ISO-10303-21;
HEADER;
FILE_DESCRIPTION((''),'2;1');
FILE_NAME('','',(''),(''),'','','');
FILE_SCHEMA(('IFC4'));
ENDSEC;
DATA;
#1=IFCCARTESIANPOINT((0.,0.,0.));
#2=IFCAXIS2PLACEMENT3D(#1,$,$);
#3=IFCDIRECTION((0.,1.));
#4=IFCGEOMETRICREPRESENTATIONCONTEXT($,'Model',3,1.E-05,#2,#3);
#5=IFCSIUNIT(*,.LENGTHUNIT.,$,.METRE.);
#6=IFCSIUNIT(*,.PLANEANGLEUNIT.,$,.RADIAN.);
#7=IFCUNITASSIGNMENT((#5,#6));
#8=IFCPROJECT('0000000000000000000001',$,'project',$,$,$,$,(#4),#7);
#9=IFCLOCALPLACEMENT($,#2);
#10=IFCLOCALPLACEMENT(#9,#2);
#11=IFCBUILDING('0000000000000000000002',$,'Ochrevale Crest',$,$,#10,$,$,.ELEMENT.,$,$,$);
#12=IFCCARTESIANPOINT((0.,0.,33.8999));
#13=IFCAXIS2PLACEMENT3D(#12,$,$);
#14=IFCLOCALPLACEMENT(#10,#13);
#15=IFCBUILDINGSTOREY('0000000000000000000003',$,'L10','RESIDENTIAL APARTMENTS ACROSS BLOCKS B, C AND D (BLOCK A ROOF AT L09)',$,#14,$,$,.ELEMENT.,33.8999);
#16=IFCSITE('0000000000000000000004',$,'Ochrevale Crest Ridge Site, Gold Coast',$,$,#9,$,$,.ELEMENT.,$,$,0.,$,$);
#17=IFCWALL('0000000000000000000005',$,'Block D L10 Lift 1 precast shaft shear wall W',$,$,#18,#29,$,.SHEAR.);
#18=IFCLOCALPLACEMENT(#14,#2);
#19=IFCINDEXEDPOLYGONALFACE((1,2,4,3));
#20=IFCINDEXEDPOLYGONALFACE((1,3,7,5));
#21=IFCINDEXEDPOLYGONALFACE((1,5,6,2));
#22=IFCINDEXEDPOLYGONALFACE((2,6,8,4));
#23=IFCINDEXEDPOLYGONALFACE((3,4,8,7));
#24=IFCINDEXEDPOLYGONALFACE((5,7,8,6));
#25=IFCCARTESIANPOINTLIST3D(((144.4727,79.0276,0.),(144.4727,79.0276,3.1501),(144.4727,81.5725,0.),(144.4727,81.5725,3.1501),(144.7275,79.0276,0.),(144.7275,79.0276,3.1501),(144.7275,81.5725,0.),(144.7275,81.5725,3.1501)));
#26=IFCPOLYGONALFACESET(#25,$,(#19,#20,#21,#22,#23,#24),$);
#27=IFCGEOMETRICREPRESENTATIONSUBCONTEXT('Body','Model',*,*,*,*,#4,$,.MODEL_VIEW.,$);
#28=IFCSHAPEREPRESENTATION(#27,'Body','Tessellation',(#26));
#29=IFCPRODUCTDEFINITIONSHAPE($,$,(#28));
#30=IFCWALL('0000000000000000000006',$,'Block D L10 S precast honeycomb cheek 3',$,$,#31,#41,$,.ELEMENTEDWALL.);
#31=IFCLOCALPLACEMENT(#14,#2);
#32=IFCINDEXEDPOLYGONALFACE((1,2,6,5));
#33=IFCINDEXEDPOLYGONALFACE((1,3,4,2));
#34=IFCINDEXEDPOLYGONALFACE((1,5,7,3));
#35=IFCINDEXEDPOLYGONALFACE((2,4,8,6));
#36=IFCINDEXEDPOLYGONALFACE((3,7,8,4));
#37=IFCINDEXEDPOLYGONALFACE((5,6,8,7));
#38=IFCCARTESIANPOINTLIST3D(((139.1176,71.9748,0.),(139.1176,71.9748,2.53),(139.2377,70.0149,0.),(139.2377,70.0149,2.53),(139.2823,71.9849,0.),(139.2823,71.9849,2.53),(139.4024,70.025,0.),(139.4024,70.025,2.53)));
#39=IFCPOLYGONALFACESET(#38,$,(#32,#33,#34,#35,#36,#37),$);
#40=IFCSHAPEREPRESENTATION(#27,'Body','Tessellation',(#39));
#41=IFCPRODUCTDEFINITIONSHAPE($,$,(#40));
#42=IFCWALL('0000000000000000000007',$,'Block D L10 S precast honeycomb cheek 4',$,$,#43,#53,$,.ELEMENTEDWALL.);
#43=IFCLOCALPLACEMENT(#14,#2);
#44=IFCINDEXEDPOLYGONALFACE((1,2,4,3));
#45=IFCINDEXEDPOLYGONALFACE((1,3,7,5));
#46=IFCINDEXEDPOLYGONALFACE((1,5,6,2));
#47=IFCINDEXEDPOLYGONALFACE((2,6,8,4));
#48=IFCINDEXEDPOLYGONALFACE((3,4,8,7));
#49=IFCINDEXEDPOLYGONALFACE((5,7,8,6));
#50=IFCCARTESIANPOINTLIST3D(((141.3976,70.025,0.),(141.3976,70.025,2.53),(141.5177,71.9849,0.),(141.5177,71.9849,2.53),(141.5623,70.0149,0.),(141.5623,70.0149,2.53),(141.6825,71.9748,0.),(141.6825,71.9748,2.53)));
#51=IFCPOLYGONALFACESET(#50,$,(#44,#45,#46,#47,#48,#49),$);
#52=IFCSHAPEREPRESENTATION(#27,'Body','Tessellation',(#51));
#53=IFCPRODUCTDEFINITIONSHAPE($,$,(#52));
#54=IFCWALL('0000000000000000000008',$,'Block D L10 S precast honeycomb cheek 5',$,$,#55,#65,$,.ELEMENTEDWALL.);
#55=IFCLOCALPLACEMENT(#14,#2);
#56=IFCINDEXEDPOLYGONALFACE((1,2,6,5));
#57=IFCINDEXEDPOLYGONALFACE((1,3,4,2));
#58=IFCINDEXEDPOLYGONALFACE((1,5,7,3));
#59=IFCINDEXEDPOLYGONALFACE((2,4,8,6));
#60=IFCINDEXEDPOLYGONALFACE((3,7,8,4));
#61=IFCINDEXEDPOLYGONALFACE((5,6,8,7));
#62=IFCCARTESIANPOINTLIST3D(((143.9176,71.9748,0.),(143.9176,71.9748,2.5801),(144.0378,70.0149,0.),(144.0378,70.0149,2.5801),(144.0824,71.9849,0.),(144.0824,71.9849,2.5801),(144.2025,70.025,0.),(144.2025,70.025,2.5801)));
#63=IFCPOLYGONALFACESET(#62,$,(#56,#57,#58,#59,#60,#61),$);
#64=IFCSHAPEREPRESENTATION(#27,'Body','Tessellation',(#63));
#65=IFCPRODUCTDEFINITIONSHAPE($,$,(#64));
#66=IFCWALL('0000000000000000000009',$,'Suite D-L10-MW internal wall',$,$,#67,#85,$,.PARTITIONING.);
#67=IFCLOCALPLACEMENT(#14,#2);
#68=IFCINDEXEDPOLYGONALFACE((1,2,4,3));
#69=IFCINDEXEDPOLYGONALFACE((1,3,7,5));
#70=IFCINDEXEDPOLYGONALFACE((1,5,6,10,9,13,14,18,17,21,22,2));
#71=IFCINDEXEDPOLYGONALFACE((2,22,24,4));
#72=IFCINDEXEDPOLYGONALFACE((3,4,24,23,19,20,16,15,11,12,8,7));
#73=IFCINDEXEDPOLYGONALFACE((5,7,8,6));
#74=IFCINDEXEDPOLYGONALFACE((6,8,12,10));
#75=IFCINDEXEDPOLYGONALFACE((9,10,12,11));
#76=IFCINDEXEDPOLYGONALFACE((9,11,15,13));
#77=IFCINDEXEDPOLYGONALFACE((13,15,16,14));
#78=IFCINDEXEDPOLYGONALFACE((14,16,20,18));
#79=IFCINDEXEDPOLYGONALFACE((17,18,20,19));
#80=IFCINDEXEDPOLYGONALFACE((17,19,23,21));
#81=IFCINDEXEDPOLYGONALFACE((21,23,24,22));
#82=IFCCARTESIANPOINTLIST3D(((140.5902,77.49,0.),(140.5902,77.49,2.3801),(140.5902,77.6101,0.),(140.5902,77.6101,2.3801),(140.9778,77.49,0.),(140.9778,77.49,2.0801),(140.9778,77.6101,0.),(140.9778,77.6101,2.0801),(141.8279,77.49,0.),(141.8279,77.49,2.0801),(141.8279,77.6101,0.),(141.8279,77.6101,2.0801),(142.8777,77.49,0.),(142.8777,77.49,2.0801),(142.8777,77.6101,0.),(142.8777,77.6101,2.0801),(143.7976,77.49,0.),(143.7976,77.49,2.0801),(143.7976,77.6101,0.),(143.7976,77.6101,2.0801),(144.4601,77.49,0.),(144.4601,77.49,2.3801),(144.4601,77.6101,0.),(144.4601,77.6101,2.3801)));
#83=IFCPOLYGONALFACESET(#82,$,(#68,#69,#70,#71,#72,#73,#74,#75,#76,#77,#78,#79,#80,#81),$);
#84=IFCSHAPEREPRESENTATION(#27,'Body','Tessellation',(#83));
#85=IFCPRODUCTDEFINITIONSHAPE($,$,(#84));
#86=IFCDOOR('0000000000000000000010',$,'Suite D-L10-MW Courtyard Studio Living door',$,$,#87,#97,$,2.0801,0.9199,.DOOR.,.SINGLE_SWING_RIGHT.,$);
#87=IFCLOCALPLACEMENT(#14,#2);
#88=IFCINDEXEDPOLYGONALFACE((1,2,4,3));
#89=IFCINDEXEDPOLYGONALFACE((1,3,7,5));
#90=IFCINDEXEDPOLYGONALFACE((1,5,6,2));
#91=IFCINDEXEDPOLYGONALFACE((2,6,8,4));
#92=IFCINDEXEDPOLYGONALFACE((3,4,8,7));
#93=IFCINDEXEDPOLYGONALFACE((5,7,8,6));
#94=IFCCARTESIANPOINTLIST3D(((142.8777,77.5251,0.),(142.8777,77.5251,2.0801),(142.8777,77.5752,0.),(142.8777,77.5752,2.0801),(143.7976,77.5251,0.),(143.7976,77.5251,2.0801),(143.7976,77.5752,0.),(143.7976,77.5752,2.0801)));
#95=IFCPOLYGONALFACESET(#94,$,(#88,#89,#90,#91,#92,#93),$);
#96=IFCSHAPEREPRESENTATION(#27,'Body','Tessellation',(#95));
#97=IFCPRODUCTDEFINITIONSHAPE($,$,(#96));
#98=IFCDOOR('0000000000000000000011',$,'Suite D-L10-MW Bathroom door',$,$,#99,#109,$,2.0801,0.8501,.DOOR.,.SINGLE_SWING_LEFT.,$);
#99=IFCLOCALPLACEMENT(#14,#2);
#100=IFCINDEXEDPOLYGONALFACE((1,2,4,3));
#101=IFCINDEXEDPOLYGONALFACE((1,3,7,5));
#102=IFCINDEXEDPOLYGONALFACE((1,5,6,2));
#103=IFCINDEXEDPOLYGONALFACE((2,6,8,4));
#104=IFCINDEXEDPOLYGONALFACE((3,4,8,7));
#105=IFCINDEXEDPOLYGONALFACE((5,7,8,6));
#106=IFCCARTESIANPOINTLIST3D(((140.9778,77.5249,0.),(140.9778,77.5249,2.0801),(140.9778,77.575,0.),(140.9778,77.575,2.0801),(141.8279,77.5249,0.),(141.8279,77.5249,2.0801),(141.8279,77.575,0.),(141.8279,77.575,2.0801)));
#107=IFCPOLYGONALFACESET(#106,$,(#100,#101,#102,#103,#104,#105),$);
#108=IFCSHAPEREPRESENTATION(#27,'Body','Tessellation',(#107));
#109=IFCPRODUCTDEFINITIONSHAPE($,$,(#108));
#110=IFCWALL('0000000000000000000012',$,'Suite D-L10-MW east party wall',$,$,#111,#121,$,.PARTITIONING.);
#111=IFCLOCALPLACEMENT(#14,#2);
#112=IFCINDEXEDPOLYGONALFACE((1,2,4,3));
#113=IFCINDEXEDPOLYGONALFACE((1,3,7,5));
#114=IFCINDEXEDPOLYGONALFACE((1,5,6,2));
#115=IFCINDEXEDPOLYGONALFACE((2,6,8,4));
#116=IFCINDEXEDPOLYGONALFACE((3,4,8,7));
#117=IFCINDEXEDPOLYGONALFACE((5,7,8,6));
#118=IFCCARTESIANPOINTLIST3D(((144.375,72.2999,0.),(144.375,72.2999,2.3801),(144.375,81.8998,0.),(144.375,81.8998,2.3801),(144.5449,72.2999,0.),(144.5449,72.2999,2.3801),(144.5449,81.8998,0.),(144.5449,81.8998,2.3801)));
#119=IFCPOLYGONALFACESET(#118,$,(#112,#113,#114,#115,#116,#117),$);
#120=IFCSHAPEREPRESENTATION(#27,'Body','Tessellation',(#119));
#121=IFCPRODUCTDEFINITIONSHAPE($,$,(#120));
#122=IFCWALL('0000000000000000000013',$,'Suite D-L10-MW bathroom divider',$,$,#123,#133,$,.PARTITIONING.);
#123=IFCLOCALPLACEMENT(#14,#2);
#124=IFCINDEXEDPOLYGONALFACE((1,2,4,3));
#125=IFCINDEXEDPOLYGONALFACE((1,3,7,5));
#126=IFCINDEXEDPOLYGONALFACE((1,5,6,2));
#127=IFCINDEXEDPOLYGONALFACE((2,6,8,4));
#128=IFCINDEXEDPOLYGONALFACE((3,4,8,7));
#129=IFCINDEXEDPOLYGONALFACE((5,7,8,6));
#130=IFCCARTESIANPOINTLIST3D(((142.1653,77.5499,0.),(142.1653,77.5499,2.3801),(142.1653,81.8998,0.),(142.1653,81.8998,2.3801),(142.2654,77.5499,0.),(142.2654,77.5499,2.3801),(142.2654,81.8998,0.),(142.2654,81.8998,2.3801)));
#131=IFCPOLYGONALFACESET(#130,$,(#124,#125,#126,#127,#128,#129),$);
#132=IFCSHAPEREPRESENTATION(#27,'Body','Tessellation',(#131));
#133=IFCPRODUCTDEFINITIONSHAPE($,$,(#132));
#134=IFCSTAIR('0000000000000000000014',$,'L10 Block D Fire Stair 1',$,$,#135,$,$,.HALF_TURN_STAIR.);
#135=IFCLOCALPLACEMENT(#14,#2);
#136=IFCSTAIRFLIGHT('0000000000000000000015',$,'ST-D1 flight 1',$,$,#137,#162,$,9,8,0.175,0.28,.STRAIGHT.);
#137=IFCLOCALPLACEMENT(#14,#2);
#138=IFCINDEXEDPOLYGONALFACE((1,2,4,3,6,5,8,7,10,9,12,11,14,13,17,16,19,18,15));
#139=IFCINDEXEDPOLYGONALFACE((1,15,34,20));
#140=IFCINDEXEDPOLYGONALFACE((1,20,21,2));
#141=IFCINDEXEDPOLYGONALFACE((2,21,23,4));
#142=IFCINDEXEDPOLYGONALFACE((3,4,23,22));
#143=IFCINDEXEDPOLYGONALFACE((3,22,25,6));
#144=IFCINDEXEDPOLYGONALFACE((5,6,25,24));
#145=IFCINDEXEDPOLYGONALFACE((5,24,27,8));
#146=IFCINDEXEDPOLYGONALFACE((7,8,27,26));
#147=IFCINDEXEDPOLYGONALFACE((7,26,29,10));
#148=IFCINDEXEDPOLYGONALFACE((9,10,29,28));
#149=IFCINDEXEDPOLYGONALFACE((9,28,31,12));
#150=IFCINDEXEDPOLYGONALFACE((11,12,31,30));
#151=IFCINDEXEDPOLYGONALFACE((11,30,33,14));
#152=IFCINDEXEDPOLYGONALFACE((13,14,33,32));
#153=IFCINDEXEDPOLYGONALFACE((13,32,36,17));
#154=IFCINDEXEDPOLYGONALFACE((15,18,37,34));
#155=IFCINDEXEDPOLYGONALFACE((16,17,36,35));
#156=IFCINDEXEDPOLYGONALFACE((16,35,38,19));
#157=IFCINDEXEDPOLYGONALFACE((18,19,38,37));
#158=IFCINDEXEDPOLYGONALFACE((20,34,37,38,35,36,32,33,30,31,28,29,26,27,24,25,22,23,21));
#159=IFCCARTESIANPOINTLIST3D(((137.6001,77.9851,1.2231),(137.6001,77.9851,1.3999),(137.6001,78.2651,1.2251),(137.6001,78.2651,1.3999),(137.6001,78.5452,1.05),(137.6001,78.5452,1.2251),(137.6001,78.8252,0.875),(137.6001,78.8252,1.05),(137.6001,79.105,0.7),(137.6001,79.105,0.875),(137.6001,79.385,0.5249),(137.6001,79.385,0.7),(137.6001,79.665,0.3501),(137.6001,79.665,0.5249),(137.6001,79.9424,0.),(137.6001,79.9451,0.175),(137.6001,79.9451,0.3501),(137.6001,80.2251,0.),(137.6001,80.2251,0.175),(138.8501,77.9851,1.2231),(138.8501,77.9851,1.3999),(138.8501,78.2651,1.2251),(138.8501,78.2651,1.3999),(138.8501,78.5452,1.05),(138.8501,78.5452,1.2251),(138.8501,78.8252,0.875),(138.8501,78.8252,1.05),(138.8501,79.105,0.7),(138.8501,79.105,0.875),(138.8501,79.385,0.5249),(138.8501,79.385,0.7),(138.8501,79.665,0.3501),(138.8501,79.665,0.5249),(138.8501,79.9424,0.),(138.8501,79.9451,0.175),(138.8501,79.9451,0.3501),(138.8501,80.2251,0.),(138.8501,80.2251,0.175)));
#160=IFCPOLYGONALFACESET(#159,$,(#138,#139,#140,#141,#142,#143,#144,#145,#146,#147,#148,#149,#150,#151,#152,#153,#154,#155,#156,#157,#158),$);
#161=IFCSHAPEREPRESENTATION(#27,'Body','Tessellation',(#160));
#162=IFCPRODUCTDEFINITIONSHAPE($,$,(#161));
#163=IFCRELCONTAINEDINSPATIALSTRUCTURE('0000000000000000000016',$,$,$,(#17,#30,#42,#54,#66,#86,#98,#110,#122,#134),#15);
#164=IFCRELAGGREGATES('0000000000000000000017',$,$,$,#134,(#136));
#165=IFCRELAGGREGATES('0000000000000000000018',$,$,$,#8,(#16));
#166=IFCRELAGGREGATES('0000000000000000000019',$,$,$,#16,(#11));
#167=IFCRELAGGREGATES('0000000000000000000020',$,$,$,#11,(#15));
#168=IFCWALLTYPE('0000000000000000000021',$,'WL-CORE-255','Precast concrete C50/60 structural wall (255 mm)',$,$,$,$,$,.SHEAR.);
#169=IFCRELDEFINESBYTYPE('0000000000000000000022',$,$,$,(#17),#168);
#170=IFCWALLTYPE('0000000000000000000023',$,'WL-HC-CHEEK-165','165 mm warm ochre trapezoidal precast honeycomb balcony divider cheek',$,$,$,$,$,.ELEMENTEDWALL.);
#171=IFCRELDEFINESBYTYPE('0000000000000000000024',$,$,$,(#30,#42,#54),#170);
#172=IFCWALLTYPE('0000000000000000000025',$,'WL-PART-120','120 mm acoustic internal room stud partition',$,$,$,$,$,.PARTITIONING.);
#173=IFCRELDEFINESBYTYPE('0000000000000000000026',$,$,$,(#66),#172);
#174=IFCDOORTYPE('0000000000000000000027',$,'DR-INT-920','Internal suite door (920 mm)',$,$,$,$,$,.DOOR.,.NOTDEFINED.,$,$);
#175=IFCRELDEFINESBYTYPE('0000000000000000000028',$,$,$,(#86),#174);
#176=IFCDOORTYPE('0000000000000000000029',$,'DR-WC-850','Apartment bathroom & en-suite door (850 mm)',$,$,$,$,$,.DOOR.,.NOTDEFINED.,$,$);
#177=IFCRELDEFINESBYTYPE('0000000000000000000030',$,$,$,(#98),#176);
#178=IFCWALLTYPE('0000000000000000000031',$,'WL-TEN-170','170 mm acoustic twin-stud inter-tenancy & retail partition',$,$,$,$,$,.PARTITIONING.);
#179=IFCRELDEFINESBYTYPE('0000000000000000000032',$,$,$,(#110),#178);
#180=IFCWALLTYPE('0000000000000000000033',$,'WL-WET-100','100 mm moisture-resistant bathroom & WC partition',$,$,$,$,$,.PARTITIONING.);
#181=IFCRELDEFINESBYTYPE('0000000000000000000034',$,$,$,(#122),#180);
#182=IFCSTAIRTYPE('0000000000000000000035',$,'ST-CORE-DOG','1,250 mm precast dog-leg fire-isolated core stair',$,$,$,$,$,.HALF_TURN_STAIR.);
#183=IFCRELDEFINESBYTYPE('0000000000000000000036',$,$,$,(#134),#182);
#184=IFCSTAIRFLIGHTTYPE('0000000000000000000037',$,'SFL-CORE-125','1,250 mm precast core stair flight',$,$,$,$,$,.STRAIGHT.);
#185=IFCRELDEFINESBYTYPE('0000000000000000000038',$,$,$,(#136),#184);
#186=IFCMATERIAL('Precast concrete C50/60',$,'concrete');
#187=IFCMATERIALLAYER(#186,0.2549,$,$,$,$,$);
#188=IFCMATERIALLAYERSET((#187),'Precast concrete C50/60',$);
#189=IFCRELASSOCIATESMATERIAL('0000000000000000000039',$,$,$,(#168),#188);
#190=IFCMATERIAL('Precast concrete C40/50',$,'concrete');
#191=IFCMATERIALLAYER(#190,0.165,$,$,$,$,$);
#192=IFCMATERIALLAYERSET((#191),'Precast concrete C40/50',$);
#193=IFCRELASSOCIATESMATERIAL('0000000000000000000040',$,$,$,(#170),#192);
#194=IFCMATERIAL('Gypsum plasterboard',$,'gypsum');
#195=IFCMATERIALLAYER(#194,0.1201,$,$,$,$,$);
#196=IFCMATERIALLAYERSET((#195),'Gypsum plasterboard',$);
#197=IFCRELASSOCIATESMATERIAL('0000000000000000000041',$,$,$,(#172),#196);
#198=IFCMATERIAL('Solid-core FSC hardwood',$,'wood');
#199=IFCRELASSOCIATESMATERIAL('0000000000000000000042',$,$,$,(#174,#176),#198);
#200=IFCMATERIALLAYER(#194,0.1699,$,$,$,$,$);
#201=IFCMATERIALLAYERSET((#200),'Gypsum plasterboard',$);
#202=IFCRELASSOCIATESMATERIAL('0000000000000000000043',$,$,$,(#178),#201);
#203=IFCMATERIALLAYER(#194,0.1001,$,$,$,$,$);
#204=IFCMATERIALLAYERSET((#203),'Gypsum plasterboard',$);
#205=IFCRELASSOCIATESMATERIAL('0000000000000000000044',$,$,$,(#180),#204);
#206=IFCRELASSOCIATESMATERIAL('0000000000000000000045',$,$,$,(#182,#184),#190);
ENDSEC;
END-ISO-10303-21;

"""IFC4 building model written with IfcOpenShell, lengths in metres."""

from ifc_helpers import new_model, si_unit, direction, frame, frame_2d, origin, place, context, subcontext, project, spatial, polyline, rectangle, outline, extrude, material, layer, layer_set, type_object, element, fill, aggregate, save


model = new_model("IFC4")

# Units and contexts
model_context = context("Model", 3, precision=1e-05, world=origin(), true_north=direction((0.0, 1.0)))
body_context = subcontext(model_context, "Body", "Model", "MODEL_VIEW")
ifc_project = project(units=[si_unit("LENGTHUNIT", "METRE"), si_unit("PLANEANGLEUNIT", "RADIAN")], contexts=[model_context])

# Site, building, storey
site_placement = place(None, origin())
site = spatial("IfcSite", under=ifc_project, at=site_placement, Name="Ochrevale Crest Ridge Site, Gold Coast", CompositionType="ELEMENT", RefElevation=0.0)
building_placement = place(site_placement, origin())
building = spatial("IfcBuilding", under=site, at=building_placement, Name="Ochrevale Crest", CompositionType="ELEMENT")
storey_placement = place(building_placement, frame((0.0, 0.0, 33.8999)))
storey = spatial("IfcBuildingStorey", under=building, at=storey_placement, Name="L10", Description="RESIDENTIAL APARTMENTS ACROSS BLOCKS B, C AND D (BLOCK A ROOF AT L09)", CompositionType="ELEMENT", Elevation=33.8999)

# Shared definitions
ifc_material_1 = material(Name="Precast concrete C40/50", Category="concrete")
ifc_material_2 = material(Name="Precast concrete C50/60", Category="concrete")

# Walls
ifc_layer_1 = layer(ifc_material_2, 0.2549)
ifc_layer_set_1 = layer_set([ifc_layer_1], Name="Precast concrete C50/60")
wall_type_1 = type_object("IfcWallType", Name="WL-CORE-255", Description="Precast concrete C50/60 structural wall (255 mm)", PredefinedType="SHEAR", material=ifc_layer_set_1)
wall_1_placement = place(storey_placement, frame((144.6001, 79.0276, 0.0), z_axis=(0.0, 0.0, 1.0), x_axis=(0.0, 1.0, 0.0)))
element("IfcWall", 1, at=wall_1_placement, inside=storey, type_object=wall_type_1, Name="Block D L10 Lift 1 precast shaft shear wall W", PredefinedType="SHEAR", context=body_context, shape_type="SweptSolid", body=[
    extrude(rectangle(XDim=2.5449, YDim=0.2549, at=frame_2d((1.2725, 0.0))), origin(), (0.0, 0.0, 1.0), 3.1501),
])
ifc_layer_2 = layer(ifc_material_1, 0.165)
ifc_layer_set_2 = layer_set([ifc_layer_2], Name="Precast concrete C40/50")
wall_type_2 = type_object("IfcWallType", Name="WL-HC-CHEEK-165", Description="165 mm warm ochre trapezoidal precast honeycomb balcony divider cheek", PredefinedType="ELEMENTEDWALL", material=ifc_layer_set_2)
for number, where, z_axis, x_axis, name in (
    (2, (139.2, 71.98, 0.0), (0.0, 0.0, 1.0), (0.061171, -0.998127, 0.0), "Block D L10 S precast honeycomb cheek 3"),
    (3, (141.6001, 71.98, 0.0), (0.0, 0.0, 1.0), (-0.061171, -0.998127, 0.0), "Block D L10 S precast honeycomb cheek 4"),
):
    element("IfcWall", number, at=place(storey_placement, frame(where, z_axis=z_axis, x_axis=x_axis)), inside=storey, type_object=wall_type_2, Name=name, PredefinedType="ELEMENTEDWALL", context=body_context, shape_type="SweptSolid", body=[
        extrude(rectangle(XDim=1.9636, YDim=0.165, at=frame_2d((0.9819, 0.0))), origin(), (0.0, 0.0, 1.0), 2.53),
    ])
wall_2_placement = place(storey_placement, frame((144.0, 71.98, 0.0), z_axis=(0.0, 0.0, 1.0), x_axis=(0.061171, -0.998127, 0.0)))
element("IfcWall", 4, at=wall_2_placement, inside=storey, type_object=wall_type_2, Name="Block D L10 S precast honeycomb cheek 5", PredefinedType="ELEMENTEDWALL", context=body_context, shape_type="SweptSolid", body=[
    extrude(rectangle(XDim=1.9636, YDim=0.165, at=frame_2d((0.9819, 0.0))), origin(), (0.0, 0.0, 1.0), 2.5801),
])

# Wall, openings, doors
ifc_material_3 = material(Name="Gypsum plasterboard", Category="gypsum")
ifc_layer_3 = layer(ifc_material_3, 0.1201)
ifc_layer_set_3 = layer_set([ifc_layer_3], Name="Gypsum plasterboard")
wall_type_3 = type_object("IfcWallType", Name="WL-PART-120", Description="120 mm acoustic internal room stud partition", PredefinedType="PARTITIONING", material=ifc_layer_set_3)
wall_3_placement = place(storey_placement, frame((140.5901, 77.55, 0.0), z_axis=(0.0, 0.0, 1.0), x_axis=(1.0, 0.0, 0.0)))
wall_3 = element("IfcWall", 5, at=wall_3_placement, inside=storey, type_object=wall_type_3, Name="Suite D-L10-MW internal wall", PredefinedType="PARTITIONING", context=body_context, shape_type="SweptSolid", body=[
    extrude(rectangle(XDim=3.8699, YDim=0.1201, at=frame_2d((1.9351, 0.0))), origin(), (0.0, 0.0, 1.0), 2.3801),
])
opening_1_placement = place(wall_3_placement, frame((0.3877, 0.0, 0.0)))
opening_1 = element("IfcOpeningElement", 6, at=opening_1_placement, cuts=wall_3, PredefinedType="OPENING", context=body_context, shape_type="SweptSolid", body=[
    extrude(rectangle(XDim=0.8501, YDim=2.0801, at=frame_2d((0.425, 1.04))), frame((0.0, 0.0701, 0.0), z_axis=(0.0, -1.0, 0.0), x_axis=(1.0, 0.0, 0.0)), (0.0, 0.0, 1.0), 0.1401),
])
opening_2_placement = place(wall_3_placement, frame((3.2075, 0.0, 0.0), z_axis=(0.0, 0.0, 1.0), x_axis=(-1.0, 0.0, 0.0)))
opening_2 = element("IfcOpeningElement", 7, at=opening_2_placement, cuts=wall_3, PredefinedType="OPENING", context=body_context, shape_type="SweptSolid", body=[
    extrude(rectangle(XDim=0.9199, YDim=2.0801, at=frame_2d((0.46, 1.04))), frame((0.0, 0.0701, 0.0), z_axis=(0.0, -1.0, 0.0), x_axis=(1.0, 0.0, 0.0)), (0.0, 0.0, 1.0), 0.1401),
])
ifc_material_4 = material(Name="Solid-core FSC hardwood", Category="wood")
door_type_1 = type_object("IfcDoorType", Name="DR-INT-920", Description="Internal suite door (920 mm)", OperationType="NOTDEFINED", PredefinedType="DOOR", material=ifc_material_4)
door_1_placement = place(opening_2_placement, origin())
door_1 = element("IfcDoor", 8, at=door_1_placement, inside=storey, type_object=door_type_1, Name="Suite D-L10-MW Courtyard Studio Living door", OperationType="SINGLE_SWING_RIGHT", OverallHeight=2.0801, OverallWidth=0.9199, PredefinedType="DOOR", context=body_context, shape_type="SweptSolid", body=[
    extrude(rectangle(XDim=0.9199, YDim=2.0801, at=frame_2d((0.46, 1.04))), frame((0.0, 0.0249, 0.0), z_axis=(0.0, -1.0, 0.0), x_axis=(1.0, 0.0, 0.0)), (0.0, 0.0, 1.0), 0.05),
])
fill(opening_2, door_1)
door_type_2 = type_object("IfcDoorType", Name="DR-WC-850", Description="Apartment bathroom & en-suite door (850 mm)", OperationType="NOTDEFINED", PredefinedType="DOOR", material=ifc_material_4)
door_2_placement = place(opening_1_placement, origin())
door_2 = element("IfcDoor", 9, at=door_2_placement, inside=storey, type_object=door_type_2, Name="Suite D-L10-MW Bathroom door", OperationType="SINGLE_SWING_LEFT", OverallHeight=2.0801, OverallWidth=0.8501, PredefinedType="DOOR", context=body_context, shape_type="SweptSolid", body=[
    extrude(rectangle(XDim=0.8501, YDim=2.0801, at=frame_2d((0.425, 1.04))), frame((0.0, 0.0249, 0.0), z_axis=(0.0, -1.0, 0.0), x_axis=(1.0, 0.0, 0.0)), (0.0, 0.0, 1.0), 0.05),
])
fill(opening_1, door_2)

# Walls
ifc_layer_4 = layer(ifc_material_3, 0.1699)
ifc_layer_set_4 = layer_set([ifc_layer_4], Name="Gypsum plasterboard")
wall_type_4 = type_object("IfcWallType", Name="WL-TEN-170", Description="170 mm acoustic twin-stud inter-tenancy & retail partition", PredefinedType="PARTITIONING", material=ifc_layer_set_4)
wall_4_placement = place(storey_placement, frame((144.46, 72.3, 0.0), z_axis=(0.0, 0.0, 1.0), x_axis=(0.0, 1.0, 0.0)))
element("IfcWall", 10, at=wall_4_placement, inside=storey, type_object=wall_type_4, Name="Suite D-L10-MW east party wall", PredefinedType="PARTITIONING", context=body_context, shape_type="SweptSolid", body=[
    extrude(rectangle(XDim=9.5999, YDim=0.1699, at=frame_2d((4.7998, 0.0))), origin(), (0.0, 0.0, 1.0), 2.3801),
])
ifc_layer_5 = layer(ifc_material_3, 0.1001)
ifc_layer_set_5 = layer_set([ifc_layer_5], Name="Gypsum plasterboard")
wall_type_5 = type_object("IfcWallType", Name="WL-WET-100", Description="100 mm moisture-resistant bathroom & WC partition", PredefinedType="PARTITIONING", material=ifc_layer_set_5)
wall_5_placement = place(storey_placement, frame((142.2153, 77.55, 0.0), z_axis=(0.0, 0.0, 1.0), x_axis=(0.0, 1.0, 0.0)))
element("IfcWall", 11, at=wall_5_placement, inside=storey, type_object=wall_type_5, Name="Suite D-L10-MW bathroom divider", PredefinedType="PARTITIONING", context=body_context, shape_type="SweptSolid", body=[
    extrude(rectangle(XDim=4.3499, YDim=0.1001, at=frame_2d((2.1748, 0.0))), origin(), (0.0, 0.0, 1.0), 2.3801),
])

# Stair, stair flight
stair_type = type_object("IfcStairType", Name="ST-CORE-DOG", Description="1,250 mm precast dog-leg fire-isolated core stair", PredefinedType="HALF_TURN_STAIR", material=ifc_material_1)
stair_placement = place(storey_placement, origin())
stair = element("IfcStair", 12, at=stair_placement, inside=storey, type_object=stair_type, Name="L10 Block D Fire Stair 1", PredefinedType="HALF_TURN_STAIR")
stair_flight_type = type_object("IfcStairFlightType", Name="SFL-CORE-125", Description="1,250 mm precast core stair flight", PredefinedType="STRAIGHT", material=ifc_material_1)
stair_flight_1_placement = place(storey_placement, frame((138.2251, 80.2251, 0.0), z_axis=(0.0, 0.0, 1.0), x_axis=(0.0, -1.0, 0.0)))
stair_flight_1 = element("IfcStairFlight", 13, at=stair_flight_1_placement, type_object=stair_flight_type, Name="ST-D1 flight 1", NumberOfRisers=9, NumberOfTreads=8, PredefinedType="STRAIGHT", RiserHeight=0.175, TreadLength=0.28, context=body_context, shape_type="SweptSolid", body=[
    extrude(outline(polyline([(0.0, 0.0), (0.0, 0.175), (0.28, 0.175), (0.28, 0.3501), (0.5601, 0.3501), (0.5601, 0.5249), (0.8401, 0.5249), (0.8401, 0.7), (1.1201, 0.7), (1.1201, 0.875), (1.3999, 0.875), (1.3999, 1.05), (1.6799, 1.05), (1.6799, 1.2251), (1.96, 1.2251), (1.96, 1.3999), (2.24, 1.3999), (2.24, 1.575), (2.24, 1.2231), (0.2827, 0.0), (0.0, 0.0)])), frame((0.0, 0.625, 0.0), z_axis=(0.0, -1.0, 0.0), x_axis=(1.0, 0.0, 0.0)), (0.0, 0.0, 1.0), 1.25),
])
aggregate(stair, [stair_flight_1])

save(model, "model.ifc")
